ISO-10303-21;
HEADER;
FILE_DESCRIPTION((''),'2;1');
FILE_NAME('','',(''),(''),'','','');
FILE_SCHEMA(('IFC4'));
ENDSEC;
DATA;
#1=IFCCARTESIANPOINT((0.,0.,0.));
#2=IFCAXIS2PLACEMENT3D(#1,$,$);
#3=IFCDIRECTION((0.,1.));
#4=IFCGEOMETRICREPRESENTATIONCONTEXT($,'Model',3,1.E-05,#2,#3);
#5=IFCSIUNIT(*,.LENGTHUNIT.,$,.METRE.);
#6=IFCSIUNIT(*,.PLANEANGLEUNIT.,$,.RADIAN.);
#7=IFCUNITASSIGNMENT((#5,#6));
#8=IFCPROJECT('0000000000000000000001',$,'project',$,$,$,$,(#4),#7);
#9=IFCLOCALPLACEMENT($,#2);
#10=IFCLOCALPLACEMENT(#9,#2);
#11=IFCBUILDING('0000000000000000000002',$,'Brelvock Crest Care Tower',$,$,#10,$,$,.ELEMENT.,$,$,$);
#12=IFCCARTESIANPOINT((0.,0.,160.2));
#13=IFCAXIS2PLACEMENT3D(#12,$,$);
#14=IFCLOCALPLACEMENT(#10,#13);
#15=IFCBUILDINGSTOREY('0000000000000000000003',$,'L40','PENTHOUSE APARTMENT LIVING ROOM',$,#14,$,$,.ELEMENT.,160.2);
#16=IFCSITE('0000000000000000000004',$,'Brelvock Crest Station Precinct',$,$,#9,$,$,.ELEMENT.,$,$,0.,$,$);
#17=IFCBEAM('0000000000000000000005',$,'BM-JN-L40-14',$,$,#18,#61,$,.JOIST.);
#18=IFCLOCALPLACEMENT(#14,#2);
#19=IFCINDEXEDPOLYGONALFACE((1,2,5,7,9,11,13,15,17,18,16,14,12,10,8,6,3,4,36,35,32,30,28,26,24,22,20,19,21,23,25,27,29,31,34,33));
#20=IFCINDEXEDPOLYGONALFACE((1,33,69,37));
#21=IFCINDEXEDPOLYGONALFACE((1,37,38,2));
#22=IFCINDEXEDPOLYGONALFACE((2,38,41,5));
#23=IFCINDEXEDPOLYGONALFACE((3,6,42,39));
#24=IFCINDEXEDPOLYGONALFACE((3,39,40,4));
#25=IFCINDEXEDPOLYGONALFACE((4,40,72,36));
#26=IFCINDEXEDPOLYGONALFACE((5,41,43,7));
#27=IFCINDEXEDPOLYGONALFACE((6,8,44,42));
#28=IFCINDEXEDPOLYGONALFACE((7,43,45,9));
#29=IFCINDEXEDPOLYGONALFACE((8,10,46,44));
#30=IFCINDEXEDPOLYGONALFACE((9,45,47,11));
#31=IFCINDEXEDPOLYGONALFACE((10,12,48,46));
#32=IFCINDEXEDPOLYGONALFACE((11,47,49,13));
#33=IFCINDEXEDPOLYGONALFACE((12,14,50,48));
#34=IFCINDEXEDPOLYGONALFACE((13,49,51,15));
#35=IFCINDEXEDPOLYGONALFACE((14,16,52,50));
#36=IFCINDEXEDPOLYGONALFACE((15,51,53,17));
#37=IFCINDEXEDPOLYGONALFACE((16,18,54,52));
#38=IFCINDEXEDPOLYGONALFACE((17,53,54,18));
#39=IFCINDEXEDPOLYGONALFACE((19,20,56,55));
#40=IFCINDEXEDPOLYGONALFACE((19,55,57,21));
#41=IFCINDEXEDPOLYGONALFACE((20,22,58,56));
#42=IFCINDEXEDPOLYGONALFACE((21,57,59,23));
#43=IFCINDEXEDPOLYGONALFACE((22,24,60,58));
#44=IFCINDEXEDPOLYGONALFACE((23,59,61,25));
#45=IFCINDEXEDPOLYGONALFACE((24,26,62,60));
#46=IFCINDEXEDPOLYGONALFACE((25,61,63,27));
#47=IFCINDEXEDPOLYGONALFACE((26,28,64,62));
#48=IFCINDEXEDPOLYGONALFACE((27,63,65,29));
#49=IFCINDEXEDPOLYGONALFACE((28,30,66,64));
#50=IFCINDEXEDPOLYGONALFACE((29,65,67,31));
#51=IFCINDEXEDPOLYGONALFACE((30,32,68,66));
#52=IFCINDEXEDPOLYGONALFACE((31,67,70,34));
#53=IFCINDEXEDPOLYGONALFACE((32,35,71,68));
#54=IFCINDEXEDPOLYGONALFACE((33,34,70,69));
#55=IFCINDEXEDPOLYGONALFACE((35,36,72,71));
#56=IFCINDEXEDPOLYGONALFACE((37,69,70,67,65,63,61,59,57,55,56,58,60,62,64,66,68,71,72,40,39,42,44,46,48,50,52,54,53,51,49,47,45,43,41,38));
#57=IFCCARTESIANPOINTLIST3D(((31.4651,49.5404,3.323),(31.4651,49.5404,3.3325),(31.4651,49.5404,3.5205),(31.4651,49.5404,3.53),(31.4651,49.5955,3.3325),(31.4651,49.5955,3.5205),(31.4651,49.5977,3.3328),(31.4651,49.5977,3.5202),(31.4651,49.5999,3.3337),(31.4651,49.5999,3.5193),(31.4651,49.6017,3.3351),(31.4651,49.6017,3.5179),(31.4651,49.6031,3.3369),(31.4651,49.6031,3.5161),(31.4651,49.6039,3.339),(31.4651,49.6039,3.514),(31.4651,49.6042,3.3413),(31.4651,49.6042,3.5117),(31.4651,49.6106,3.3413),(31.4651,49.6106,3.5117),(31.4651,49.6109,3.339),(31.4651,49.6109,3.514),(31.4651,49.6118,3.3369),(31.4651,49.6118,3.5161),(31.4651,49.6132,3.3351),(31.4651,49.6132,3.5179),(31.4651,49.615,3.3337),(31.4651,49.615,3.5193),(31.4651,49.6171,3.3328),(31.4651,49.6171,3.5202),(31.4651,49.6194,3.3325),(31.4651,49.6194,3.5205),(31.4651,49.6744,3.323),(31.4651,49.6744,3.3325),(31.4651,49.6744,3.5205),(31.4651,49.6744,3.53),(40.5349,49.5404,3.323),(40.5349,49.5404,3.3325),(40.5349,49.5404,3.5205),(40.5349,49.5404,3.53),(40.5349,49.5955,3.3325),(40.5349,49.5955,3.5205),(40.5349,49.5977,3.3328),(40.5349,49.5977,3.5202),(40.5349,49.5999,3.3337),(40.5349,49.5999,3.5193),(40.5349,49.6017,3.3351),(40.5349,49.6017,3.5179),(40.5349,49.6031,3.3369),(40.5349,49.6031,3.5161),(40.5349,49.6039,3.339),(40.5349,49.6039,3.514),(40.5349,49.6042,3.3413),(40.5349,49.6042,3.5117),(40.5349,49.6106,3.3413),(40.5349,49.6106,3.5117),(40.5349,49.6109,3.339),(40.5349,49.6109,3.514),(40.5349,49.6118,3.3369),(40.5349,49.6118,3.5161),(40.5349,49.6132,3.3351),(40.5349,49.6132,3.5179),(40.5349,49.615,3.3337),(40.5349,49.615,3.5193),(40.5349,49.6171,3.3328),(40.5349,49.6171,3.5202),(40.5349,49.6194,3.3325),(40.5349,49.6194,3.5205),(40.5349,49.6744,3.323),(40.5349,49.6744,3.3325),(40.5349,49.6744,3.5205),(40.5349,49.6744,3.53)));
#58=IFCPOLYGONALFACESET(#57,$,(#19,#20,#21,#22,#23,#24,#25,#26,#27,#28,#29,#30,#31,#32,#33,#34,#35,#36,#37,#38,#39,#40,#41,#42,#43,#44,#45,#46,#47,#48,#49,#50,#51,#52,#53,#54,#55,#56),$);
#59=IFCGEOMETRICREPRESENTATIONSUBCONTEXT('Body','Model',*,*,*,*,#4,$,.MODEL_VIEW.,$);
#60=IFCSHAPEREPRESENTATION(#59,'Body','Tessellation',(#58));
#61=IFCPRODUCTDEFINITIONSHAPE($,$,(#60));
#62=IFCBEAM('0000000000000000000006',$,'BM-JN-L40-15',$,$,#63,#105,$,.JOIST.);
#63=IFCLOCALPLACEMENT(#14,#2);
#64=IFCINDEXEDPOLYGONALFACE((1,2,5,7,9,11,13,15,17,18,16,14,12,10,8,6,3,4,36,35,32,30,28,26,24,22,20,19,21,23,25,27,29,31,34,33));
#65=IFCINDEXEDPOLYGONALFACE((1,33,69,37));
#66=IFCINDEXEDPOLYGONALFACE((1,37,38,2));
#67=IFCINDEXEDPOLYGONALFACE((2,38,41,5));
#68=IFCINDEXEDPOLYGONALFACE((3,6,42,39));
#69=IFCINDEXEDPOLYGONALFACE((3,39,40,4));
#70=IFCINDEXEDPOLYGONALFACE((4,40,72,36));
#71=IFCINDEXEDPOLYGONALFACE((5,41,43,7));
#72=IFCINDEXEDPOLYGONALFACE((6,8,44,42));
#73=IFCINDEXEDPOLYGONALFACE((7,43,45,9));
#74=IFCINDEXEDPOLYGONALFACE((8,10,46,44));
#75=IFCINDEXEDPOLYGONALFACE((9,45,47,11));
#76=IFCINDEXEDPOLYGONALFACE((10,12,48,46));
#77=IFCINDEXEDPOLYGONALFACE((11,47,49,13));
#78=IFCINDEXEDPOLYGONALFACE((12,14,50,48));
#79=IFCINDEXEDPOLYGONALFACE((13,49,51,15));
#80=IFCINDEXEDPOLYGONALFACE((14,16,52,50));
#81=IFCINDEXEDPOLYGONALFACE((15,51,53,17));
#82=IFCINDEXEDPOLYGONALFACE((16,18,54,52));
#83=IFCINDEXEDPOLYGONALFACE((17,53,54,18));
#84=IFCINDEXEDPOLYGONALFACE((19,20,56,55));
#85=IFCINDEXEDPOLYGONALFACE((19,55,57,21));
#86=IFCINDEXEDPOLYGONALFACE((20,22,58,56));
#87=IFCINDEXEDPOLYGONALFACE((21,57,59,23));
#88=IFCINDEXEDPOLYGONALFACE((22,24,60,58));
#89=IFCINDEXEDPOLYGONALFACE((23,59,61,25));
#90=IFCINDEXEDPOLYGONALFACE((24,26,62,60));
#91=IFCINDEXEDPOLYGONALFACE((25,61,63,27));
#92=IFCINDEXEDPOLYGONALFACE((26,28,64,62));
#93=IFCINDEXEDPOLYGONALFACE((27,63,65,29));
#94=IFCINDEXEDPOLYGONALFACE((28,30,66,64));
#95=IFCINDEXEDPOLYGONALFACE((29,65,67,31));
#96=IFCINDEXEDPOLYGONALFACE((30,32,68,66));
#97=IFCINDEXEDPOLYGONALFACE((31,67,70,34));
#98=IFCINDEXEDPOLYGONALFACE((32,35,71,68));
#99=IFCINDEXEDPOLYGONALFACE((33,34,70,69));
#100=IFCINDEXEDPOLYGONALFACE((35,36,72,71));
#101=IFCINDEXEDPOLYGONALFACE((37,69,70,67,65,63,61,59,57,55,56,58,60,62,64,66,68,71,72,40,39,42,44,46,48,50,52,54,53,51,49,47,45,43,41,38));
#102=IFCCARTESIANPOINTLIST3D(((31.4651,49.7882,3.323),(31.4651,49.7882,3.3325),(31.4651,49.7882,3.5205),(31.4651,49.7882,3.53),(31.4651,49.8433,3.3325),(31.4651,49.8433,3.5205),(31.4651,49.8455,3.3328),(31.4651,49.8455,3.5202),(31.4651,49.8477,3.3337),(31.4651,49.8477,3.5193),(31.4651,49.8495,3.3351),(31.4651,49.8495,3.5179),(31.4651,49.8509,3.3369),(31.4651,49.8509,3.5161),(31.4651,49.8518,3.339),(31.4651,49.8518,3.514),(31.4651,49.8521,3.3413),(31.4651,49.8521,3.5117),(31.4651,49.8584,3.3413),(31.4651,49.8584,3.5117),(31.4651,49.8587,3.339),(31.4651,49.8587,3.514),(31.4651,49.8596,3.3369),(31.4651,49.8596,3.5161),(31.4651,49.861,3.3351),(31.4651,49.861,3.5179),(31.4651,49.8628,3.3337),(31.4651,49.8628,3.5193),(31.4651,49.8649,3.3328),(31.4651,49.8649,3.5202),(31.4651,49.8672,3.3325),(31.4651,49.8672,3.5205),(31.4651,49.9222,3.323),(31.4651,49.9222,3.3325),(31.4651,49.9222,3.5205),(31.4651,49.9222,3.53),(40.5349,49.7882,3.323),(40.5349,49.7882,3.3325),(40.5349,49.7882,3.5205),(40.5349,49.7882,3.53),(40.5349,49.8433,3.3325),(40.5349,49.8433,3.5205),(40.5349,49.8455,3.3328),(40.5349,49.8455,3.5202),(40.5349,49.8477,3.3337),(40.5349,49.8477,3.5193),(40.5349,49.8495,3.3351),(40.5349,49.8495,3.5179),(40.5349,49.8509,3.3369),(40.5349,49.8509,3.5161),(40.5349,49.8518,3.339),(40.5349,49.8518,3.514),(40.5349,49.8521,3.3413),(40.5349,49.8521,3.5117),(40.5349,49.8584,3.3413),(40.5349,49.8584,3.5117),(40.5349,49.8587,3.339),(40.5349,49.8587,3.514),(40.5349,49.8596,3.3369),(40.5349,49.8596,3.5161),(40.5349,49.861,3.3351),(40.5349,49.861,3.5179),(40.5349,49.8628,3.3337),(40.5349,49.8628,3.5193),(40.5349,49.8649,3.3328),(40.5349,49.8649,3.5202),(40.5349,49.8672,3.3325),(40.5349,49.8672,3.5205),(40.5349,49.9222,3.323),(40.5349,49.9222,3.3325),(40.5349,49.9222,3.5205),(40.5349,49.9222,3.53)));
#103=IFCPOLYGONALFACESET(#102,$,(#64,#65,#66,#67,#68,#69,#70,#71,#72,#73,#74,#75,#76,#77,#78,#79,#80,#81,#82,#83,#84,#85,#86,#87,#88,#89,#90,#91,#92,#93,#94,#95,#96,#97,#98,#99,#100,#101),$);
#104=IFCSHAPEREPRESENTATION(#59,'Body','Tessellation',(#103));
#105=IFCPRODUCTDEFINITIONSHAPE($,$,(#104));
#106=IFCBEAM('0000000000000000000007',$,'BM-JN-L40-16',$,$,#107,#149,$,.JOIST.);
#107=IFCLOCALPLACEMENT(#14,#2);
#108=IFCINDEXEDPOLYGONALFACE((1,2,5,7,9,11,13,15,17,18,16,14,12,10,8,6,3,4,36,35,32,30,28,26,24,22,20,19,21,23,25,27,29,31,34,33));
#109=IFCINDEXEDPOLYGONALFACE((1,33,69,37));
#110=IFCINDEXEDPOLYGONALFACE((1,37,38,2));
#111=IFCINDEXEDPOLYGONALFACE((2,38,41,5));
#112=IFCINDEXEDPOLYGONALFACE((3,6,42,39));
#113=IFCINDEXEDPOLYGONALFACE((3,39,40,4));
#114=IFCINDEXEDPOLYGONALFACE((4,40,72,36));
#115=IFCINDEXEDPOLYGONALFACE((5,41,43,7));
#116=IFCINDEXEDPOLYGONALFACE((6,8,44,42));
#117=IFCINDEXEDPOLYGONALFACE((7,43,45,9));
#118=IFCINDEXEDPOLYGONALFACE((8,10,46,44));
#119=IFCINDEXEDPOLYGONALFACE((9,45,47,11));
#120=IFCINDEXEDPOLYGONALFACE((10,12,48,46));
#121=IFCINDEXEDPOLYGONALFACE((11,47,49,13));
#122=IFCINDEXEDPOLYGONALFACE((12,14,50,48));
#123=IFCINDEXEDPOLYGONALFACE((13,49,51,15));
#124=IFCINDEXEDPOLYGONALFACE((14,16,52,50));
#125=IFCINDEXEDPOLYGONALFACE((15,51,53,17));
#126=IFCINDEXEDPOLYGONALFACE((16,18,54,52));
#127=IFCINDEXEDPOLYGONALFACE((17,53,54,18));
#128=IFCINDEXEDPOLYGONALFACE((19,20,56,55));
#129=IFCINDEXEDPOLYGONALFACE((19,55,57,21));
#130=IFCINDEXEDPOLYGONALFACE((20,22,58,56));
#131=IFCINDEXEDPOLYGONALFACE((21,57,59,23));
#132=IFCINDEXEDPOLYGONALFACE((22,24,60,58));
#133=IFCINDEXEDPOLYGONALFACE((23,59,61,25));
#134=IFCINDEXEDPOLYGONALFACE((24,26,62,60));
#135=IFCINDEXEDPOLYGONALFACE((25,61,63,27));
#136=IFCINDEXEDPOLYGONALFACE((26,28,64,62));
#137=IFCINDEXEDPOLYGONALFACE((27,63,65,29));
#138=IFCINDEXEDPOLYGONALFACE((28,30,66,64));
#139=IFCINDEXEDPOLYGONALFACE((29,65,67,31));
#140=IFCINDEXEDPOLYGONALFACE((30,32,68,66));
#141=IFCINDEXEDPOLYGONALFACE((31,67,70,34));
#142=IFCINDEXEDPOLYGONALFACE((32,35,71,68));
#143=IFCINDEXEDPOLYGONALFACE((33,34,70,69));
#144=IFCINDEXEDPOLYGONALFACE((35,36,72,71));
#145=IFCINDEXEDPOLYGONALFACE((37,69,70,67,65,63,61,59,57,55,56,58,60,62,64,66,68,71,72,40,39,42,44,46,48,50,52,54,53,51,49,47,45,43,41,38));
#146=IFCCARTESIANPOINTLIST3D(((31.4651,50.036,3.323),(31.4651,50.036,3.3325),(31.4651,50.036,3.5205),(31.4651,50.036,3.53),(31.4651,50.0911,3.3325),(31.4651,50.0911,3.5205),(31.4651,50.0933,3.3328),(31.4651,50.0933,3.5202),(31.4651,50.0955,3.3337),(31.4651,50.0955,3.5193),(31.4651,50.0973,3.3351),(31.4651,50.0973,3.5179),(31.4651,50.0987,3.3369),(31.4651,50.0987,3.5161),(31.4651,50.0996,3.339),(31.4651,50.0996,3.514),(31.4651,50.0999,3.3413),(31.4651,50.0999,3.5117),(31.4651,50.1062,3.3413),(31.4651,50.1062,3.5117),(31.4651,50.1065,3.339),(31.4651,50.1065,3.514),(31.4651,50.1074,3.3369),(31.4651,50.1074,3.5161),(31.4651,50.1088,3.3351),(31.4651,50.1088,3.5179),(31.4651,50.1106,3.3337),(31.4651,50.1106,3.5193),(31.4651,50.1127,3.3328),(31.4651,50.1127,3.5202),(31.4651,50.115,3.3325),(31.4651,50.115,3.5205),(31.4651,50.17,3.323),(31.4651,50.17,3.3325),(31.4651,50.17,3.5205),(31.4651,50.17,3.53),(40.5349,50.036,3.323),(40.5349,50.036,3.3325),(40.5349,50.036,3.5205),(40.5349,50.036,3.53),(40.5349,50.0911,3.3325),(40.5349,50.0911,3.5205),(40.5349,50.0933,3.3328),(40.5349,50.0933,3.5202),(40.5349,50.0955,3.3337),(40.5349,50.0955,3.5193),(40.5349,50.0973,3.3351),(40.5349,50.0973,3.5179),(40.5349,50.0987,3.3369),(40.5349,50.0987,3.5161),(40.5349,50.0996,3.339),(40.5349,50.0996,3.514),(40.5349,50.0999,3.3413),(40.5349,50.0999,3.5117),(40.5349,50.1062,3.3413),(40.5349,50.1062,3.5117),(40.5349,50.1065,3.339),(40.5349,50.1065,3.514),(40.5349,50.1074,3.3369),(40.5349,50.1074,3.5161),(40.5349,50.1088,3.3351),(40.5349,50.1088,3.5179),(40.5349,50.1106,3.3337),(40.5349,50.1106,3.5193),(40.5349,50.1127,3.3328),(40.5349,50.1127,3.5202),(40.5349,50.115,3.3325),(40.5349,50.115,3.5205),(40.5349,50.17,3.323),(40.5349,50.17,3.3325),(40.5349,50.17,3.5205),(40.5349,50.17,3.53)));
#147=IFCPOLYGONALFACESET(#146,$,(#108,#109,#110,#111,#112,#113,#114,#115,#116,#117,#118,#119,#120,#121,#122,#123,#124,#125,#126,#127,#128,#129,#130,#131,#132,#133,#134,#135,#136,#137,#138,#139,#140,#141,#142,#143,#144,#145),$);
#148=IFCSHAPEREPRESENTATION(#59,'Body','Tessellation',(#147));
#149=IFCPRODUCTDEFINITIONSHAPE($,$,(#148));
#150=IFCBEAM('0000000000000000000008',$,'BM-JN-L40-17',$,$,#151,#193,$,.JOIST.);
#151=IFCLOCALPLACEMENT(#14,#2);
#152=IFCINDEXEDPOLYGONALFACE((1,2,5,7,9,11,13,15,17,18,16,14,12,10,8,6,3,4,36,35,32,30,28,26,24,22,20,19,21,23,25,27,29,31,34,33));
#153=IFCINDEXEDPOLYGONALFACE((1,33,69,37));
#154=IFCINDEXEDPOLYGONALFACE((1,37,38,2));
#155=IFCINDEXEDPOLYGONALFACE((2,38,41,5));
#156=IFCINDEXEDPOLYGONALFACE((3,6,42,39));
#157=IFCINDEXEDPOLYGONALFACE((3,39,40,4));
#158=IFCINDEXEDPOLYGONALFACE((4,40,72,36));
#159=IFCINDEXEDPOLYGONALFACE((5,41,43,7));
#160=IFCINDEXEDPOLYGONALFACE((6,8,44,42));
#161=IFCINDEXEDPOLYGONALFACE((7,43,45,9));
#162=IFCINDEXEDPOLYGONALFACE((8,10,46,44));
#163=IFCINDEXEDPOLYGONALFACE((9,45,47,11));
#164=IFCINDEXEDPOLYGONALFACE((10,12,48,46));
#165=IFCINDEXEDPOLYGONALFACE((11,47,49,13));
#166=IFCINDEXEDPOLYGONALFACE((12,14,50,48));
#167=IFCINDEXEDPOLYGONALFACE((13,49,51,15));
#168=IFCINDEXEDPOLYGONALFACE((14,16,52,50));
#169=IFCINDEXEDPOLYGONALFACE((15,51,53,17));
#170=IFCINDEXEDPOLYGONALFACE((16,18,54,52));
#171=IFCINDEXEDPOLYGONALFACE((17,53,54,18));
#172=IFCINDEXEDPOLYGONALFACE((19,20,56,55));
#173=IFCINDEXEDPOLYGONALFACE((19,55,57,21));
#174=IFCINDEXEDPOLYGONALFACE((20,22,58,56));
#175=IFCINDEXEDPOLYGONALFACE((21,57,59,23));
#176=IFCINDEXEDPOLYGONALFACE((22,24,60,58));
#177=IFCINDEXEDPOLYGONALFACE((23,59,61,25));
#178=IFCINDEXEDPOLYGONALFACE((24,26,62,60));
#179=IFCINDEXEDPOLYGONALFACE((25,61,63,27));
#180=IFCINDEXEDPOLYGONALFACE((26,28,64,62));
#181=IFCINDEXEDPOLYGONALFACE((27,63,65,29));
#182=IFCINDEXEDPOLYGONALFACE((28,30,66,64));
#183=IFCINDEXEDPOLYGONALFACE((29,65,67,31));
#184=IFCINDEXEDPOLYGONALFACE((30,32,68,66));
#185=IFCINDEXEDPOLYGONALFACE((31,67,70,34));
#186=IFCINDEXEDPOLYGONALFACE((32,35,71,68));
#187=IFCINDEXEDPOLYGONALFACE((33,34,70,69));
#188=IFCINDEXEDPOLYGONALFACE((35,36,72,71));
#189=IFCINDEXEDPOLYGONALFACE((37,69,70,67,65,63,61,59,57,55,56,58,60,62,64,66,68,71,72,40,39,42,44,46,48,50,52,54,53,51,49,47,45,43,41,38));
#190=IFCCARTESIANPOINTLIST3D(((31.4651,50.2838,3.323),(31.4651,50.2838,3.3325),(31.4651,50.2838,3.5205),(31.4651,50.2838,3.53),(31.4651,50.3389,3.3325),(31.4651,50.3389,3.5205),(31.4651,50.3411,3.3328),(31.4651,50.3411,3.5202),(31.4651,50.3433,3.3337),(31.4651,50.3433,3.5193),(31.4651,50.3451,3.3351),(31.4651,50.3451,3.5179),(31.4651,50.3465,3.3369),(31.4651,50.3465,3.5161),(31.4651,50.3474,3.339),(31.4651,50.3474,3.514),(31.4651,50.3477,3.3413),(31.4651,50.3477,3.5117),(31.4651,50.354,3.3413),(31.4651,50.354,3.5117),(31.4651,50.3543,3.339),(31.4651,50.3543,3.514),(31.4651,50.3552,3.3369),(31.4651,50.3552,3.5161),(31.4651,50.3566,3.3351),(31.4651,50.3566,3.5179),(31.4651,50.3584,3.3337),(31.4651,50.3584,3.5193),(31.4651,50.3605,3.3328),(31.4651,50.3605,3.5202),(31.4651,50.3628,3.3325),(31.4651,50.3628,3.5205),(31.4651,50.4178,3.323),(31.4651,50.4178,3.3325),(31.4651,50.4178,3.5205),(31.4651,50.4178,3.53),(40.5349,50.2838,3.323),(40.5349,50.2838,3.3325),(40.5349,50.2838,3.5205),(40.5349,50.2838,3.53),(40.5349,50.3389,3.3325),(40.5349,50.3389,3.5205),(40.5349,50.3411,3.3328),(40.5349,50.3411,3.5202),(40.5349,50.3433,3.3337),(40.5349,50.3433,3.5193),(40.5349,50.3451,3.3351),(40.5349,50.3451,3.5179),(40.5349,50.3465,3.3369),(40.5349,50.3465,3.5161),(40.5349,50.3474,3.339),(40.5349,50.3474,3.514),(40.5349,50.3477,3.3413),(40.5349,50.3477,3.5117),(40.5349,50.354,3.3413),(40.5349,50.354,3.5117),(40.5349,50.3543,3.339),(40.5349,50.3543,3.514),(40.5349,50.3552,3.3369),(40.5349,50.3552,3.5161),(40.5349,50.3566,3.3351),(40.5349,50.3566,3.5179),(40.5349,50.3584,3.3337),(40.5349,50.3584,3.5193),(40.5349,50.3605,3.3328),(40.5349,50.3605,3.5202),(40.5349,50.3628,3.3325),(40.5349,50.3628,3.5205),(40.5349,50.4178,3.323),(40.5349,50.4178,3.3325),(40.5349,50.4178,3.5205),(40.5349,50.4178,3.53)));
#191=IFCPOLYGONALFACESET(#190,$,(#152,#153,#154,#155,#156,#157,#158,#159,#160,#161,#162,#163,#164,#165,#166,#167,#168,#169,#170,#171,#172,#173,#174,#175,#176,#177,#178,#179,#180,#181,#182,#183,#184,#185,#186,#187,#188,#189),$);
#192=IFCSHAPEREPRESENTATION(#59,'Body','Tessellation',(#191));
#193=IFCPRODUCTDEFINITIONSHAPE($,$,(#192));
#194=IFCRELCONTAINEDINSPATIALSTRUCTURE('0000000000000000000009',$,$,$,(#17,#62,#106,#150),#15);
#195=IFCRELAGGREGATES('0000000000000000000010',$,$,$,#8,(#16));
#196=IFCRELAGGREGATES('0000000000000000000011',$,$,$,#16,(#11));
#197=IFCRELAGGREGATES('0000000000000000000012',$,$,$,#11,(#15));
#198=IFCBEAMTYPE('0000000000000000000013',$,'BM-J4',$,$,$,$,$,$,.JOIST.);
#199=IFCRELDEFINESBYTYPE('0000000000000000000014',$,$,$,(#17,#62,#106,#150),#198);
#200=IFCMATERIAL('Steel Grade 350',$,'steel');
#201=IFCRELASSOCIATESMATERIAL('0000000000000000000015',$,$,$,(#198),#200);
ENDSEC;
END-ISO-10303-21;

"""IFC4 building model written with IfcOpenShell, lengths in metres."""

from ifc_helpers import new_model, si_unit, direction, frame, origin, origin_2d, place, context, subcontext, project, spatial, i_section, extrude, source, transform, mapped, material, material_profile, profile_set, type_object, element, save


model = new_model("IFC4")

# Units and contexts
model_context = context("Model", 3, precision=1e-05, world=origin(), true_north=direction((0.0, 1.0)))
body_context = subcontext(model_context, "Body", "Model", "MODEL_VIEW")
ifc_project = project(units=[si_unit("LENGTHUNIT", "METRE"), si_unit("PLANEANGLEUNIT", "RADIAN")], contexts=[model_context])

# Site, building, storey
site_placement = place(None, origin())
site = spatial("IfcSite", under=ifc_project, at=site_placement, Name="Brelvock Crest Station Precinct", CompositionType="ELEMENT", RefElevation=0.0)
building_placement = place(site_placement, origin())
building = spatial("IfcBuilding", under=site, at=building_placement, Name="Brelvock Crest Care Tower", CompositionType="ELEMENT")
storey_placement = place(building_placement, frame((0.0, 0.0, 160.2)))
storey = spatial("IfcBuildingStorey", under=building, at=storey_placement, Name="L40", Description="PENTHOUSE APARTMENT LIVING ROOM", CompositionType="ELEMENT", Elevation=160.2)

# Shared definitions
ifc_material_1 = material(Name="Steel Grade 350", Category="steel")

# Beams
ifc_material_profile_1 = material_profile(ifc_material_1, i_section(OverallWidth=0.134, OverallDepth=0.207, WebThickness=0.0063, FlangeThickness=0.0095, FilletRadius=0.0088, at=origin_2d()), Name="200UB29.8")
ifc_profile_set_1 = profile_set([ifc_material_profile_1], Name="Steel Grade 350")
beam_type_1 = type_object("IfcBeamType", Name="BM-J4", PredefinedType="JOIST", material=ifc_profile_set_1)
shared_shape_1 = source(origin(), body_context, "Body", "SweptSolid", [
    extrude(i_section(OverallWidth=0.134, OverallDepth=0.207, WebThickness=0.0063, FlangeThickness=0.0095, FilletRadius=0.0088, at=origin_2d()), origin(), (0.0, 0.0, 1.0), 9.0698),
])
for number, where, z_axis, x_axis, name in (
    (1, (31.4651, 49.6074, 3.4265), (1.0, 0.0, 0.0), (0.0, 1.0, 0.0), "BM-JN-L40-14"),
    (2, (31.4651, 49.8552, 3.4265), (1.0, 0.0, 0.0), (0.0, 1.0, 0.0), "BM-JN-L40-15"),
    (3, (31.4651, 50.103, 3.4265), (1.0, 0.0, 0.0), (0.0, 1.0, 0.0), "BM-JN-L40-16"),
    (4, (31.4651, 50.3508, 3.4265), (1.0, 0.0, 0.0), (0.0, 1.0, 0.0), "BM-JN-L40-17"),
):
    element("IfcBeam", number, at=place(storey_placement, frame(where, z_axis=z_axis, x_axis=x_axis)), inside=storey, type_object=beam_type_1, Name=name, PredefinedType="JOIST", context=body_context, shape_type="MappedRepresentation", body=[
        mapped(shared_shape_1, transform((0.0, 0.0, 0.0), x_axis=(1.0, 0.0, 0.0), y_axis=(0.0, 1.0, 0.0), z_axis=(0.0, 0.0, 1.0), scale=1.0)),
    ])

save(model, "model.ifc")
